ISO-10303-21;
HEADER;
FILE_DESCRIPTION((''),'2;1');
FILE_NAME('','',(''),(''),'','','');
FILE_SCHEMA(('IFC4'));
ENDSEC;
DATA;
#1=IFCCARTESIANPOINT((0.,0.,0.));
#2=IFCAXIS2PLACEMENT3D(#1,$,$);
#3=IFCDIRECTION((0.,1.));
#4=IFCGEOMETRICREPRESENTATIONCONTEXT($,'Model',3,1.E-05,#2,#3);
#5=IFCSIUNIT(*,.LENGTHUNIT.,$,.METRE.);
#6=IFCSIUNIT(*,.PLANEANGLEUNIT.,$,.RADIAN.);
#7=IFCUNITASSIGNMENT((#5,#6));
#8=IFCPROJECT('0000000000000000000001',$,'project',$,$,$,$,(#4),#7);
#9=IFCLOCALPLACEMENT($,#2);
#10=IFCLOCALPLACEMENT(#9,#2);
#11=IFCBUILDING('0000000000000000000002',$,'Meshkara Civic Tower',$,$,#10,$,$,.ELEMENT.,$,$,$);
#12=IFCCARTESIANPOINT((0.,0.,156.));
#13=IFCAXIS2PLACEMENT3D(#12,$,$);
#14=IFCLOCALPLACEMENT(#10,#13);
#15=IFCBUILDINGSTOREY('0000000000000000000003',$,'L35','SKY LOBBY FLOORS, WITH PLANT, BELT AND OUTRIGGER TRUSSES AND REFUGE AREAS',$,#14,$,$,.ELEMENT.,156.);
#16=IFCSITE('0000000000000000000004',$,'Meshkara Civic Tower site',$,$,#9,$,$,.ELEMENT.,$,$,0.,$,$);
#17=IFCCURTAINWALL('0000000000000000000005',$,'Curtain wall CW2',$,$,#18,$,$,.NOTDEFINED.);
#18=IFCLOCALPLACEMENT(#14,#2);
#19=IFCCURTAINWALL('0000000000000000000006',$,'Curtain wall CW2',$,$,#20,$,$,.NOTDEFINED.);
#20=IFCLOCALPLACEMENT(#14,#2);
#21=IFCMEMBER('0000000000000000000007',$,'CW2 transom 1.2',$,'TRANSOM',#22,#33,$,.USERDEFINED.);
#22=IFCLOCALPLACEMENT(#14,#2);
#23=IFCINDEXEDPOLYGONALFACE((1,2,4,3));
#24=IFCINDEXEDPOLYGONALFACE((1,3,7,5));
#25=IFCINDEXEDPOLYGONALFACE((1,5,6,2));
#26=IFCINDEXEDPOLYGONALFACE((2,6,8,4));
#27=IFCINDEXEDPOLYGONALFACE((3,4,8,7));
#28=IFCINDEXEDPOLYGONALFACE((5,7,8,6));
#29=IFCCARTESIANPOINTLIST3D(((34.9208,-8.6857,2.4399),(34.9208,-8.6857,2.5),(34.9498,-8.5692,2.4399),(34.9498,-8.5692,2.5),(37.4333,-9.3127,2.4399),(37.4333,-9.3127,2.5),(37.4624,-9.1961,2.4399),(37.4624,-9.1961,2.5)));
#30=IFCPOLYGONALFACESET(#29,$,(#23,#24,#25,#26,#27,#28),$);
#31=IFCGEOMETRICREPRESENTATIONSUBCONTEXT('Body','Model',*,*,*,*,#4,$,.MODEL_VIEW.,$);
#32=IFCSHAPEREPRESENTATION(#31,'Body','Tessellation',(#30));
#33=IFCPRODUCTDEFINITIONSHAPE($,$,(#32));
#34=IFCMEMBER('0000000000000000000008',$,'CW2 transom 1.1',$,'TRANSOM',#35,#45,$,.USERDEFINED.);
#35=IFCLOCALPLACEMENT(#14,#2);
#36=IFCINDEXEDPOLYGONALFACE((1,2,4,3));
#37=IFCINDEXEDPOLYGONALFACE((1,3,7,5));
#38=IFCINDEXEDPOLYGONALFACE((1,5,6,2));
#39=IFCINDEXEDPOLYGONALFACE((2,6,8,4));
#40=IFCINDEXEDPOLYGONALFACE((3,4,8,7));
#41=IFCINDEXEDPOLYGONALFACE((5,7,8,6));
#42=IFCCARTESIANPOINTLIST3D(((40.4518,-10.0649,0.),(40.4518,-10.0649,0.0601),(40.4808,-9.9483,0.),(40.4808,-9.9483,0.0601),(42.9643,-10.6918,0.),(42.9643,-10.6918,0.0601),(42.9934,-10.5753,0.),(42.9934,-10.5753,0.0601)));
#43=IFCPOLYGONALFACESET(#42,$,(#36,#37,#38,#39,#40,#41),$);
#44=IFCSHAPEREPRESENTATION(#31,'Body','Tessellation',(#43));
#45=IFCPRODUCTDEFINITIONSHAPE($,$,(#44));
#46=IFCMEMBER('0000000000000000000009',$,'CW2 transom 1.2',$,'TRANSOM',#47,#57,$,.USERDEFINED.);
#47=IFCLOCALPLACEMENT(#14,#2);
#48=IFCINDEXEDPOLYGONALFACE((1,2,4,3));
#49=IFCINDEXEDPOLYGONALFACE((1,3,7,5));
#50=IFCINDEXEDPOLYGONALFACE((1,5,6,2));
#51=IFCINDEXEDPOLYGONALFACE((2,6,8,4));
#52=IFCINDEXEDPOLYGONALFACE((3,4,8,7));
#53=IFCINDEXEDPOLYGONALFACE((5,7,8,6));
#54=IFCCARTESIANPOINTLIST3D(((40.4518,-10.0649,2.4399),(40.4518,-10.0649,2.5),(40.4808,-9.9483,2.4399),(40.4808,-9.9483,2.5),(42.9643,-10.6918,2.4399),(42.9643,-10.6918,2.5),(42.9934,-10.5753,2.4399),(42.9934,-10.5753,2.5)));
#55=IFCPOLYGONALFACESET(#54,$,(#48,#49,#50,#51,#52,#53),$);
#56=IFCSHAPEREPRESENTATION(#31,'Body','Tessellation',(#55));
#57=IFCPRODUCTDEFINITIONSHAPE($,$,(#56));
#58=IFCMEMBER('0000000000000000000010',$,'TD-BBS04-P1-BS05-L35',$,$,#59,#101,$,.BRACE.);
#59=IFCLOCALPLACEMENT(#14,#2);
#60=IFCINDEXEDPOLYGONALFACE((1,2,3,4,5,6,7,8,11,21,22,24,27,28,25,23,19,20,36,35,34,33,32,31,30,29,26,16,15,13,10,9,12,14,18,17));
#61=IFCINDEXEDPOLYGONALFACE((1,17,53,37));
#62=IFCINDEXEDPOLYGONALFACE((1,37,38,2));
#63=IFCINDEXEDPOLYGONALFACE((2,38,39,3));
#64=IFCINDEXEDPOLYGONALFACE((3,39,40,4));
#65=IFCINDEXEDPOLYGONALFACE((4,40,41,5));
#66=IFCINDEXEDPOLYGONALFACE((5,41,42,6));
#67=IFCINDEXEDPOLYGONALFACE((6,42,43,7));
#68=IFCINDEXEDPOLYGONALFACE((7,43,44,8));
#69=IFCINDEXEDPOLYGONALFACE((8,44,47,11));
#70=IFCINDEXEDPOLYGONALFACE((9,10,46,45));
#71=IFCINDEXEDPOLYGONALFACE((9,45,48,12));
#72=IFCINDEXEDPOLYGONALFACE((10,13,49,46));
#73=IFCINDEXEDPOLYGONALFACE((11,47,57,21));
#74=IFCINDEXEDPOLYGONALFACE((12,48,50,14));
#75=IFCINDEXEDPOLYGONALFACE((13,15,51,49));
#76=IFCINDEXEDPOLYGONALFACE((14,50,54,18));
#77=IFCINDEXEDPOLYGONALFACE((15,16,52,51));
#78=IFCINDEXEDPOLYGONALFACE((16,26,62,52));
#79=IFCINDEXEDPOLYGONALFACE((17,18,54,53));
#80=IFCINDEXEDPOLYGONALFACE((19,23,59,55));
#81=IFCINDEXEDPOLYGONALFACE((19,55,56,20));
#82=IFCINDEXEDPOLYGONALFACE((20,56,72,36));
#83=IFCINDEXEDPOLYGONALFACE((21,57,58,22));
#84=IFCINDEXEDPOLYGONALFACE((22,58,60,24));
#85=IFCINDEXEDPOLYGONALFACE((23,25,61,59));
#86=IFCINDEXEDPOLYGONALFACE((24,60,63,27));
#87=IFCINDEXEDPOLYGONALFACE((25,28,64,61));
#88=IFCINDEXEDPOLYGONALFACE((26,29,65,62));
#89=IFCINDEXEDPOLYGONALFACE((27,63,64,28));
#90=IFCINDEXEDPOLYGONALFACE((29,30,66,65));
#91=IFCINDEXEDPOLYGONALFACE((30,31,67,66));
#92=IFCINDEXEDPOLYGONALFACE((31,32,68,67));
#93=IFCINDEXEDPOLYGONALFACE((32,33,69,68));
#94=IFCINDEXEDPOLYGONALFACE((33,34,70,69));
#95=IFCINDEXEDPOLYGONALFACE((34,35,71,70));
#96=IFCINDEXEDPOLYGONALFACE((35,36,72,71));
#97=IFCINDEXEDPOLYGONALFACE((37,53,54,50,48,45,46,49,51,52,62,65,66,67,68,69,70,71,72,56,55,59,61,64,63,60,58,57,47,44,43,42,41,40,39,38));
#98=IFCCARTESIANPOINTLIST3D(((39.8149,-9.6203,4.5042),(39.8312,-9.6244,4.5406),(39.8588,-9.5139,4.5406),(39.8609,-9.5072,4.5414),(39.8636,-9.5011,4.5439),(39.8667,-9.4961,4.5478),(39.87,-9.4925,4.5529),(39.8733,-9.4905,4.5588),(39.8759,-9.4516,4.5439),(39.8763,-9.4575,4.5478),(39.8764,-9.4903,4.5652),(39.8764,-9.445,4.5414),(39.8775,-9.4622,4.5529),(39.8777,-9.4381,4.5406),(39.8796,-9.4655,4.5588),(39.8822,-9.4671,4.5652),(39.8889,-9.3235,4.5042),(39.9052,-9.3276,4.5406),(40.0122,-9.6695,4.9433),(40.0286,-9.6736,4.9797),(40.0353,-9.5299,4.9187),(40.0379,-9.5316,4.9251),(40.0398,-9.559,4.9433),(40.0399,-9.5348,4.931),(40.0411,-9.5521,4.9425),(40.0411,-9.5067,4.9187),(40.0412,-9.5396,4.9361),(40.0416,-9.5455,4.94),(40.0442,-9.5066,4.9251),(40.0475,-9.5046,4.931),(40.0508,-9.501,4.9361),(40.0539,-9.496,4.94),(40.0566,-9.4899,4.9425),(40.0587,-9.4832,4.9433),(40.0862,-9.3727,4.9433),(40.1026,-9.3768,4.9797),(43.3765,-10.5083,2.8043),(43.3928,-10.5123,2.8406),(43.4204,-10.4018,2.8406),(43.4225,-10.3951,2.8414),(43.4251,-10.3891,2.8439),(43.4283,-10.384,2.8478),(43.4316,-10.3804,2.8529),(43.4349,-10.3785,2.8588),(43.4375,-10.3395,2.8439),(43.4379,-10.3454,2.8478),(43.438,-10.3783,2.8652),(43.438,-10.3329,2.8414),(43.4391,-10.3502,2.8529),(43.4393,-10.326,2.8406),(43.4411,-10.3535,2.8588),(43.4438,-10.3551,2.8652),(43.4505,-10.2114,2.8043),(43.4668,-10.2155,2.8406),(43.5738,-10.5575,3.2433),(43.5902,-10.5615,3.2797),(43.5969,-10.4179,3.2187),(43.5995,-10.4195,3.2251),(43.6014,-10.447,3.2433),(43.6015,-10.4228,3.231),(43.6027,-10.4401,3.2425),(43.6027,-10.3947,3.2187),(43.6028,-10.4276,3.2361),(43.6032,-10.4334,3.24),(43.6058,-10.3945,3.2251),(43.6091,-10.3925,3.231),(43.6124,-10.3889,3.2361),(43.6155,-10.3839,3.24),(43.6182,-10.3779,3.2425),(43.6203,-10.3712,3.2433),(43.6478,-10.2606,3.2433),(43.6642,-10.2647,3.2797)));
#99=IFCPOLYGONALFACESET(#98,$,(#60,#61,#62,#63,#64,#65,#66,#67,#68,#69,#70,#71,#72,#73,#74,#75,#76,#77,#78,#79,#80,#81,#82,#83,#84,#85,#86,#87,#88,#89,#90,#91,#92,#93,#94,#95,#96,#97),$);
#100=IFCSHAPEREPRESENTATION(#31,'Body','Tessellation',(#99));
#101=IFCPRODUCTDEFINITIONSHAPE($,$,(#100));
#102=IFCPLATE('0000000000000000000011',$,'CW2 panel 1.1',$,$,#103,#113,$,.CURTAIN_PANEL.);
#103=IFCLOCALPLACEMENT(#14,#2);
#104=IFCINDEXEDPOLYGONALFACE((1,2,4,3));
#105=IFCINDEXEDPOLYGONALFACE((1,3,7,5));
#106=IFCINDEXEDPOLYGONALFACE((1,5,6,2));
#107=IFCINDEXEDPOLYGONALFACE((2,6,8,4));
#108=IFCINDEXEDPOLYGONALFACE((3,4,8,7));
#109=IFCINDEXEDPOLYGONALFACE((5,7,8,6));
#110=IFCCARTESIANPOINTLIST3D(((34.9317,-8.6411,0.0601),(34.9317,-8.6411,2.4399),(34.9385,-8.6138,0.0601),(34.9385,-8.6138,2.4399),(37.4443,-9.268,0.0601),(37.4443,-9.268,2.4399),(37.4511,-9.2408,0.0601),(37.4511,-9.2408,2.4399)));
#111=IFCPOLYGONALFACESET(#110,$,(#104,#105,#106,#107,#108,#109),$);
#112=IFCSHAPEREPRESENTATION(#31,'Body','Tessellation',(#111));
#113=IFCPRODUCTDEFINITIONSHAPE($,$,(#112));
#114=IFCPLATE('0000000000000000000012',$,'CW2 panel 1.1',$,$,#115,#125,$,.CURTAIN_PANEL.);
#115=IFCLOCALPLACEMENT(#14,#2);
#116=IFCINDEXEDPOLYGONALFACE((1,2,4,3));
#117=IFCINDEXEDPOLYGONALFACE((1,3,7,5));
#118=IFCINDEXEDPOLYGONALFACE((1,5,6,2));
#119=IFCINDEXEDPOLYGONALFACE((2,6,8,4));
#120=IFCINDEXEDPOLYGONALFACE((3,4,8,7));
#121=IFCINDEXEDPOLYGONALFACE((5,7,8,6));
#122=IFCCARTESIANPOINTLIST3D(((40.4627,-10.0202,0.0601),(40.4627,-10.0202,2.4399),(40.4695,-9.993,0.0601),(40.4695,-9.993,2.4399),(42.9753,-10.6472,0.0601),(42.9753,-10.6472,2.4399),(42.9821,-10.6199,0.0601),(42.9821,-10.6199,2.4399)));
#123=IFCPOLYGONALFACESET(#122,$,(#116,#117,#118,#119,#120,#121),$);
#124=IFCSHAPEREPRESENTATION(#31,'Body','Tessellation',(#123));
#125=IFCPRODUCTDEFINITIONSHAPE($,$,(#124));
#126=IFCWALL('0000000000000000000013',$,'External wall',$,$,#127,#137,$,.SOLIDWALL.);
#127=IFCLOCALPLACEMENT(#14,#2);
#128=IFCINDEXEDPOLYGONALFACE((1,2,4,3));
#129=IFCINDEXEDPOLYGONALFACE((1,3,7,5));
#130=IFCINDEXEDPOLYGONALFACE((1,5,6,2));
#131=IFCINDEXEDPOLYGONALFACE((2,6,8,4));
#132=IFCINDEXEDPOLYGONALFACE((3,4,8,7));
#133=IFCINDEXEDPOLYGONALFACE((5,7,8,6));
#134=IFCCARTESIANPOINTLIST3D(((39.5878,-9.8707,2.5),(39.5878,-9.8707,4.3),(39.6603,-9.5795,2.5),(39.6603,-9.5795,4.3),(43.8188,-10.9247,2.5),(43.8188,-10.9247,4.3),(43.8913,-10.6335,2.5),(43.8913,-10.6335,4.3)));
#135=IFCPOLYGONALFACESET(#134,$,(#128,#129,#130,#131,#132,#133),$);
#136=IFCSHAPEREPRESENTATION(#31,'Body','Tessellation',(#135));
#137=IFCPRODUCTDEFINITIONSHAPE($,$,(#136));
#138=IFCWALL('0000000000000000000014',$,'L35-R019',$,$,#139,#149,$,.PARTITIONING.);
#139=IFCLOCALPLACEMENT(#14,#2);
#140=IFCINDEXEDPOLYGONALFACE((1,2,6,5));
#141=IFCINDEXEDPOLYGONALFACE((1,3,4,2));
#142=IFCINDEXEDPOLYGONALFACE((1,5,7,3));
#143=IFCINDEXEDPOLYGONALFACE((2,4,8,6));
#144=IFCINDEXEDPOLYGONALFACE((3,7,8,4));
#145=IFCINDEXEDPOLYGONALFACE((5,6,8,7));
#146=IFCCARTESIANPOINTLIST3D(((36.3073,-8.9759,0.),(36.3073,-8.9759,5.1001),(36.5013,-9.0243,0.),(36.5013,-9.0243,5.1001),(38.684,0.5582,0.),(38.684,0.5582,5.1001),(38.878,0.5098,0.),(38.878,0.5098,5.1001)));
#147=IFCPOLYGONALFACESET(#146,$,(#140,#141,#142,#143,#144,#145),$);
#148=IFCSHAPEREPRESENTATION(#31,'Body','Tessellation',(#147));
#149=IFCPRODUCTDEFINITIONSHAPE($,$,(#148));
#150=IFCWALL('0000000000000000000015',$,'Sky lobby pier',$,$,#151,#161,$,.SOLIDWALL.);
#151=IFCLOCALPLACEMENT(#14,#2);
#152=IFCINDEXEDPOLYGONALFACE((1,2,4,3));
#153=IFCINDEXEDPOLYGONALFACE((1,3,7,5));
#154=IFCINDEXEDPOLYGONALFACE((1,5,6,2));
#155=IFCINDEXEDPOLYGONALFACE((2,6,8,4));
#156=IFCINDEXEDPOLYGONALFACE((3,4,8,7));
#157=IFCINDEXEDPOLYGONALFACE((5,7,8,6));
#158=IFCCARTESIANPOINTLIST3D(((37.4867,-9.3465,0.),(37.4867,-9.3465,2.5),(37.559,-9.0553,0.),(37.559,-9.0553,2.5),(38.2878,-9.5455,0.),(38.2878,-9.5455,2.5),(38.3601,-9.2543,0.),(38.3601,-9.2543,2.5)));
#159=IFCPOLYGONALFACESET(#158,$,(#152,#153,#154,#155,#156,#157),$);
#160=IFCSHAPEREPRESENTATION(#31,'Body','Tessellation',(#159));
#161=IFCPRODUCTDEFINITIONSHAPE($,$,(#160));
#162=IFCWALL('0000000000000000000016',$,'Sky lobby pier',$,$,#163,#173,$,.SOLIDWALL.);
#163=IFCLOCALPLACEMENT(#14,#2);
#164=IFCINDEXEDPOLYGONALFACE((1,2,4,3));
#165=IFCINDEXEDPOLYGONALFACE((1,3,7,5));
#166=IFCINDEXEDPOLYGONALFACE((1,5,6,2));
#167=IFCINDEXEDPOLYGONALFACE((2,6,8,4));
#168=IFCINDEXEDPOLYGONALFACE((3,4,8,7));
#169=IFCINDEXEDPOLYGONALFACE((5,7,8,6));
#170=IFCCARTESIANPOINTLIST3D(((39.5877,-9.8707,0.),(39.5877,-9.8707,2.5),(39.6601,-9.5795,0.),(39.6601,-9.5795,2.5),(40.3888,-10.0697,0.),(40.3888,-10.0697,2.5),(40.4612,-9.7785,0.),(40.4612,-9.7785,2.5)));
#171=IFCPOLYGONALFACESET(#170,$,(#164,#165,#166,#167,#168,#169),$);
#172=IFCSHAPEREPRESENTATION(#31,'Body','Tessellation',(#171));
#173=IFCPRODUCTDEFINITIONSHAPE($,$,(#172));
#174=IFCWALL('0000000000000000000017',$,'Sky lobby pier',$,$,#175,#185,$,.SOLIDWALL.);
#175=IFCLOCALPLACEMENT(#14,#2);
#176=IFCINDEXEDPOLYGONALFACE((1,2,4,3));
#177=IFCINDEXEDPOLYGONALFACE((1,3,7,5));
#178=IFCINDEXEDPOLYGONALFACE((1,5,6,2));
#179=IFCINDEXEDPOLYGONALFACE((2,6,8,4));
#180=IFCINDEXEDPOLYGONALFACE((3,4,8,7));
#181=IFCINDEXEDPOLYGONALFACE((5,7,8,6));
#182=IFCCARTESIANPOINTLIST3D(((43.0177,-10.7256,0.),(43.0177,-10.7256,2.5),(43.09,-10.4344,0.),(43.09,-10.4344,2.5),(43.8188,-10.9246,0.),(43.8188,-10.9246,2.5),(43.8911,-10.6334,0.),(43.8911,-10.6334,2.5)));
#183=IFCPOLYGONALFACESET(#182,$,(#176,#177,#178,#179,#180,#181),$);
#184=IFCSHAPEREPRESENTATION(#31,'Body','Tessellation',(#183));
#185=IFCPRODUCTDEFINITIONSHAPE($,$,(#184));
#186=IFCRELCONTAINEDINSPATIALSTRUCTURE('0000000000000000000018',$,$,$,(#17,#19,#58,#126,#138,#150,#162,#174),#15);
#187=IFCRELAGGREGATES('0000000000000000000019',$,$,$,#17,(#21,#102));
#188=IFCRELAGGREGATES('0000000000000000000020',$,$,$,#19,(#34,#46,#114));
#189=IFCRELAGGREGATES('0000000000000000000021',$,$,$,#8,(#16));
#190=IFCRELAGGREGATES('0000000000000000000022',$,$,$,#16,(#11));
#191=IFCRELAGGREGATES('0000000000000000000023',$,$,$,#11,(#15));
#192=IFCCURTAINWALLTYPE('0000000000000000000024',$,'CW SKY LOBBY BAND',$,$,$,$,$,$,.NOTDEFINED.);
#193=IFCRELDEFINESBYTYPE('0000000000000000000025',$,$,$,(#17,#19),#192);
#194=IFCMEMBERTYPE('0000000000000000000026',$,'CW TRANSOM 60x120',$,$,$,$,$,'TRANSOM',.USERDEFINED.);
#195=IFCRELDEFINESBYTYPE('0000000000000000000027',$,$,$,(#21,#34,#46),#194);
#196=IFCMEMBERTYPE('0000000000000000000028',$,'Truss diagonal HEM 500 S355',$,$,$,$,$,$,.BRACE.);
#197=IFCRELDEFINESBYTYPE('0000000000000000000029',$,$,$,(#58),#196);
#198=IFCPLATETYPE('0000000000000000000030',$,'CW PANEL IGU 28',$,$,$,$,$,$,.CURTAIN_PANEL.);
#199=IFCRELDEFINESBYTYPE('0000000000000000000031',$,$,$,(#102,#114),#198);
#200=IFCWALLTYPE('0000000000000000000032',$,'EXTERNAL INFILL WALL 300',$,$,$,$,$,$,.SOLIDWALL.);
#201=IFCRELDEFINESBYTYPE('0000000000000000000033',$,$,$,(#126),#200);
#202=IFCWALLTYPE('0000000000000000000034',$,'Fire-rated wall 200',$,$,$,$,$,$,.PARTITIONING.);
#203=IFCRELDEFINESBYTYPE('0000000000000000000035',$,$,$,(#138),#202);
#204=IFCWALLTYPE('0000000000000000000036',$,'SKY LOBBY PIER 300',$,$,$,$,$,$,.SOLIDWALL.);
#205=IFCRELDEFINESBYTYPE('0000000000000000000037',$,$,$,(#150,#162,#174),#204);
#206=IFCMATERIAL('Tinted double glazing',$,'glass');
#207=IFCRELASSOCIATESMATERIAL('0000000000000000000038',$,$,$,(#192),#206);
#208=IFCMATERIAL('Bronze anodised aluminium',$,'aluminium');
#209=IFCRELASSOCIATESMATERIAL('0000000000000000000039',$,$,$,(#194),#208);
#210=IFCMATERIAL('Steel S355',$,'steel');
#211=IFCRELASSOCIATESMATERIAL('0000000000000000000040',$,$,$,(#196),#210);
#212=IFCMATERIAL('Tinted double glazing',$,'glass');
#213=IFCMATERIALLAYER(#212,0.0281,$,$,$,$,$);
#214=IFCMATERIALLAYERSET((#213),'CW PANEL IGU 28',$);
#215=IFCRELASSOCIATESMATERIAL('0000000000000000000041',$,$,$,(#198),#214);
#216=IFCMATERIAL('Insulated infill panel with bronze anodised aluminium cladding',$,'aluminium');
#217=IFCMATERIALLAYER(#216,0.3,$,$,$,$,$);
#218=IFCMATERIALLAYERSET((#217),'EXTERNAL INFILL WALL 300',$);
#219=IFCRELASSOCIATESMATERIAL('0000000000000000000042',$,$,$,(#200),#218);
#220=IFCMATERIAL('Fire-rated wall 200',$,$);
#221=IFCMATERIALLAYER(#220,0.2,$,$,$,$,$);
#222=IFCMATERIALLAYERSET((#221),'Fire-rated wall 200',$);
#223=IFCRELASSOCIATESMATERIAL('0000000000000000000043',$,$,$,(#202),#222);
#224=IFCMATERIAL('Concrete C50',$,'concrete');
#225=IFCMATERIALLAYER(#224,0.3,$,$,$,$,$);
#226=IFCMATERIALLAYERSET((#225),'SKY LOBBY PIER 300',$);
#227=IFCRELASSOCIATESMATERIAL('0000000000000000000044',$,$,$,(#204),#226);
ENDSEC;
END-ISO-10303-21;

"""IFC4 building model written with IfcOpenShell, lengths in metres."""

from ifc_helpers import new_model, si_unit, direction, frame, frame_2d, origin, origin_2d, place, context, subcontext, project, spatial, rectangle, i_section, extrude, material, layer, layer_set, material_profile, profile_set, type_object, element, aggregate, save


model = new_model("IFC4")

# Units and contexts
model_context = context("Model", 3, precision=1e-05, world=origin(), true_north=direction((0.0, 1.0)))
body_context = subcontext(model_context, "Body", "Model", "MODEL_VIEW")
ifc_project = project(units=[si_unit("LENGTHUNIT", "METRE"), si_unit("PLANEANGLEUNIT", "RADIAN")], contexts=[model_context])

# Site, building, storey
site_placement = place(None, origin())
site = spatial("IfcSite", under=ifc_project, at=site_placement, Name="Meshkara Civic Tower site", CompositionType="ELEMENT", RefElevation=0.0)
building_placement = place(site_placement, origin())
building = spatial("IfcBuilding", under=site, at=building_placement, Name="Meshkara Civic Tower", CompositionType="ELEMENT")
storey_placement = place(building_placement, frame((0.0, 0.0, 156.0)))
storey = spatial("IfcBuildingStorey", under=building, at=storey_placement, Name="L35", Description="SKY LOBBY FLOORS, WITH PLANT, BELT AND OUTRIGGER TRUSSES AND REFUGE AREAS", CompositionType="ELEMENT", Elevation=156.0)

# Curtain walls
ifc_material_1 = material(Name="Tinted double glazing", Category="glass")
curtain_wall_type = type_object("IfcCurtainWallType", Name="CW SKY LOBBY BAND", PredefinedType="NOTDEFINED", material=ifc_material_1)
curtain_wall_1_placement = place(storey_placement, origin())
curtain_wall_1 = element("IfcCurtainWall", 1, at=curtain_wall_1_placement, inside=storey, type_object=curtain_wall_type, Name="Curtain wall CW2", PredefinedType="NOTDEFINED")
curtain_wall_2_placement = place(storey_placement, origin())
curtain_wall_2 = element("IfcCurtainWall", 2, at=curtain_wall_2_placement, inside=storey, type_object=curtain_wall_type, Name="Curtain wall CW2", PredefinedType="NOTDEFINED")

# Members
ifc_material_2 = material(Name="Bronze anodised aluminium", Category="aluminium")
ifc_material_profile_1 = material_profile(ifc_material_2, rectangle(XDim=0.1201, YDim=0.0601, at=origin_2d()))
ifc_profile_set_1 = profile_set([ifc_material_profile_1], Name="Bronze anodised aluminium")
member_type_1 = type_object("IfcMemberType", Name="CW TRANSOM 60x120", ElementType="TRANSOM", PredefinedType="USERDEFINED", material=ifc_profile_set_1)
member_1_placement = place(storey_placement, frame((34.9353, -8.6274, 2.47), z_axis=(0.970248, -0.242114, 0.0), x_axis=(0.242114, 0.970248, 0.0)))
member_1 = element("IfcMember", 3, at=member_1_placement, type_object=member_type_1, Name="CW2 transom 1.2", ObjectType="TRANSOM", PredefinedType="USERDEFINED", context=body_context, shape_type="SweptSolid", body=[
    extrude(rectangle(XDim=0.1201, YDim=0.0601, at=origin_2d()), origin(), (0.0, 0.0, 1.0), 2.5896),
])
member_2_placement = place(storey_placement, frame((40.4663, -10.0066, 0.03), z_axis=(0.970248, -0.242114, 0.0), x_axis=(0.242114, 0.970248, 0.0)))
member_2 = element("IfcMember", 4, at=member_2_placement, type_object=member_type_1, Name="CW2 transom 1.1", ObjectType="TRANSOM", PredefinedType="USERDEFINED", context=body_context, shape_type="SweptSolid", body=[
    extrude(rectangle(XDim=0.1201, YDim=0.0601, at=origin_2d()), origin(), (0.0, 0.0, 1.0), 2.5896),
])
member_3_placement = place(storey_placement, frame((40.4663, -10.0066, 2.47), z_axis=(0.970248, -0.242114, 0.0), x_axis=(0.242114, 0.970248, 0.0)))
member_3 = element("IfcMember", 5, at=member_3_placement, type_object=member_type_1, Name="CW2 transom 1.2", ObjectType="TRANSOM", PredefinedType="USERDEFINED", context=body_context, shape_type="SweptSolid", body=[
    extrude(rectangle(XDim=0.1201, YDim=0.0601, at=origin_2d()), origin(), (0.0, 0.0, 1.0), 2.5896),
])
ifc_material_3 = material(Name="Steel S355", Category="steel")
ifc_material_profile_2 = material_profile(ifc_material_3, i_section(OverallWidth=0.3059, OverallDepth=0.5239, WebThickness=0.0239, FlangeThickness=0.04, FilletRadius=0.0271, at=origin_2d()))
ifc_profile_set_2 = profile_set([ifc_material_profile_2], Name="Steel S355")
member_type_2 = type_object("IfcMemberType", Name="Truss diagonal HEM 500 S355", PredefinedType="BRACE", material=ifc_profile_set_2)
member_4_placement = place(storey_placement, frame((39.9587, -9.4985, 4.7419), z_axis=(0.880457, -0.219511, -0.420251), x_axis=(0.24191, 0.970299, 0.0)))
element("IfcMember", 6, at=member_4_placement, inside=storey, type_object=member_type_2, Name="TD-BBS04-P1-BS05-L35", PredefinedType="BRACE", context=body_context, shape_type="SweptSolid", body=[
    extrude(i_section(OverallWidth=0.3059, OverallDepth=0.5239, WebThickness=0.0239, FlangeThickness=0.04, FilletRadius=0.0271, at=origin_2d()), origin(), (0.0, 0.0, 1.0), 4.0452),
])

# Plates
ifc_material_4 = material(Name="Tinted double glazing", Category="glass")
ifc_layer_1 = layer(ifc_material_4, 0.0281)
ifc_layer_set_1 = layer_set([ifc_layer_1], Name="CW PANEL IGU 28")
plate_type = type_object("IfcPlateType", Name="CW PANEL IGU 28", PredefinedType="CURTAIN_PANEL", material=ifc_layer_set_1)
plate_1_placement = place(storey_placement, frame((36.1914, -8.9409, 0.0601), z_axis=(0.0, 0.0, 1.0), x_axis=(0.970251, -0.242101, 0.0)))
plate_1 = element("IfcPlate", 7, at=plate_1_placement, type_object=plate_type, Name="CW2 panel 1.1", PredefinedType="CURTAIN_PANEL", context=body_context, shape_type="SweptSolid", body=[
    extrude(rectangle(XDim=2.5896, YDim=0.0281, at=origin_2d()), origin(), (0.0, 0.0, 1.0), 2.3799),
])
aggregate(curtain_wall_1, [member_1, plate_1])
plate_2_placement = place(storey_placement, frame((41.7224, -10.3201, 0.0601), z_axis=(0.0, 0.0, 1.0), x_axis=(0.970251, -0.242101, 0.0)))
plate_2 = element("IfcPlate", 8, at=plate_2_placement, type_object=plate_type, Name="CW2 panel 1.1", PredefinedType="CURTAIN_PANEL", context=body_context, shape_type="SweptSolid", body=[
    extrude(rectangle(XDim=2.5896, YDim=0.0281, at=origin_2d()), origin(), (0.0, 0.0, 1.0), 2.3799),
])
aggregate(curtain_wall_2, [member_2, member_3, plate_2])

# Walls
ifc_material_5 = material(Name="Insulated infill panel with bronze anodised aluminium cladding", Category="aluminium")
ifc_layer_2 = layer(ifc_material_5, 0.3)
ifc_layer_set_2 = layer_set([ifc_layer_2], Name="EXTERNAL INFILL WALL 300")
wall_type_1 = type_object("IfcWallType", Name="EXTERNAL INFILL WALL 300", PredefinedType="SOLIDWALL", material=ifc_layer_set_2)
wall_1_placement = place(storey_placement, frame((39.624, -9.7251, 2.5), z_axis=(0.0, 0.0, 1.0), x_axis=(0.970346, -0.241719, 0.0)))
element("IfcWall", 9, at=wall_1_placement, inside=storey, type_object=wall_type_1, Name="External wall", PredefinedType="SOLIDWALL", context=body_context, shape_type="SweptSolid", body=[
    extrude(rectangle(XDim=4.3604, YDim=0.3, at=frame_2d((2.1802, 0.0))), origin(), (0.0, 0.0, 1.0), 1.8),
])
ifc_material_6 = material(Name="Fire-rated wall 200")
ifc_layer_3 = layer(ifc_material_6, 0.2)
ifc_layer_set_3 = layer_set([ifc_layer_3], Name="Fire-rated wall 200")
wall_type_2 = type_object("IfcWallType", Name="Fire-rated wall 200", PredefinedType="PARTITIONING", material=ifc_layer_set_3)
wall_2_placement = place(storey_placement, frame((36.4043, -9.0002, 0.0), z_axis=(0.0, 0.0, 1.0), x_axis=(0.241881, 0.970306, 0.0)))
element("IfcWall", 10, at=wall_2_placement, inside=storey, type_object=wall_type_2, Name="L35-R019", PredefinedType="PARTITIONING", context=body_context, shape_type="SweptSolid", body=[
    extrude(rectangle(XDim=9.8259, YDim=0.2, at=frame_2d((4.9131, 0.0))), origin(), (0.0, 0.0, 1.0), 5.1001),
])
ifc_material_7 = material(Name="Concrete C50", Category="concrete")
ifc_layer_4 = layer(ifc_material_7, 0.3)
ifc_layer_set_4 = layer_set([ifc_layer_4], Name="SKY LOBBY PIER 300")
wall_type_3 = type_object("IfcWallType", Name="SKY LOBBY PIER 300", PredefinedType="SOLIDWALL", material=ifc_layer_set_4)
for number, where, z_axis, x_axis, name in (
    (11, (37.5229, -9.2009, 0.0), (0.0, 0.0, 1.0), (0.970507, -0.241074, 0.0), "Sky lobby pier"),
    (12, (39.624, -9.7251, 0.0), (0.0, 0.0, 1.0), (0.970507, -0.241074, 0.0), "Sky lobby pier"),
    (13, (43.054, -10.5801, 0.0), (0.0, 0.0, 1.0), (0.970507, -0.241074, 0.0), "Sky lobby pier"),
):
    element("IfcWall", number, at=place(storey_placement, frame(where, z_axis=z_axis, x_axis=x_axis)), inside=storey, type_object=wall_type_3, Name=name, PredefinedType="SOLIDWALL", context=body_context, shape_type="SweptSolid", body=[
        extrude(rectangle(XDim=0.8254, YDim=0.3, at=frame_2d((0.4126, 0.0))), origin(), (0.0, 0.0, 1.0), 2.5),
    ])

save(model, "model.ifc")
